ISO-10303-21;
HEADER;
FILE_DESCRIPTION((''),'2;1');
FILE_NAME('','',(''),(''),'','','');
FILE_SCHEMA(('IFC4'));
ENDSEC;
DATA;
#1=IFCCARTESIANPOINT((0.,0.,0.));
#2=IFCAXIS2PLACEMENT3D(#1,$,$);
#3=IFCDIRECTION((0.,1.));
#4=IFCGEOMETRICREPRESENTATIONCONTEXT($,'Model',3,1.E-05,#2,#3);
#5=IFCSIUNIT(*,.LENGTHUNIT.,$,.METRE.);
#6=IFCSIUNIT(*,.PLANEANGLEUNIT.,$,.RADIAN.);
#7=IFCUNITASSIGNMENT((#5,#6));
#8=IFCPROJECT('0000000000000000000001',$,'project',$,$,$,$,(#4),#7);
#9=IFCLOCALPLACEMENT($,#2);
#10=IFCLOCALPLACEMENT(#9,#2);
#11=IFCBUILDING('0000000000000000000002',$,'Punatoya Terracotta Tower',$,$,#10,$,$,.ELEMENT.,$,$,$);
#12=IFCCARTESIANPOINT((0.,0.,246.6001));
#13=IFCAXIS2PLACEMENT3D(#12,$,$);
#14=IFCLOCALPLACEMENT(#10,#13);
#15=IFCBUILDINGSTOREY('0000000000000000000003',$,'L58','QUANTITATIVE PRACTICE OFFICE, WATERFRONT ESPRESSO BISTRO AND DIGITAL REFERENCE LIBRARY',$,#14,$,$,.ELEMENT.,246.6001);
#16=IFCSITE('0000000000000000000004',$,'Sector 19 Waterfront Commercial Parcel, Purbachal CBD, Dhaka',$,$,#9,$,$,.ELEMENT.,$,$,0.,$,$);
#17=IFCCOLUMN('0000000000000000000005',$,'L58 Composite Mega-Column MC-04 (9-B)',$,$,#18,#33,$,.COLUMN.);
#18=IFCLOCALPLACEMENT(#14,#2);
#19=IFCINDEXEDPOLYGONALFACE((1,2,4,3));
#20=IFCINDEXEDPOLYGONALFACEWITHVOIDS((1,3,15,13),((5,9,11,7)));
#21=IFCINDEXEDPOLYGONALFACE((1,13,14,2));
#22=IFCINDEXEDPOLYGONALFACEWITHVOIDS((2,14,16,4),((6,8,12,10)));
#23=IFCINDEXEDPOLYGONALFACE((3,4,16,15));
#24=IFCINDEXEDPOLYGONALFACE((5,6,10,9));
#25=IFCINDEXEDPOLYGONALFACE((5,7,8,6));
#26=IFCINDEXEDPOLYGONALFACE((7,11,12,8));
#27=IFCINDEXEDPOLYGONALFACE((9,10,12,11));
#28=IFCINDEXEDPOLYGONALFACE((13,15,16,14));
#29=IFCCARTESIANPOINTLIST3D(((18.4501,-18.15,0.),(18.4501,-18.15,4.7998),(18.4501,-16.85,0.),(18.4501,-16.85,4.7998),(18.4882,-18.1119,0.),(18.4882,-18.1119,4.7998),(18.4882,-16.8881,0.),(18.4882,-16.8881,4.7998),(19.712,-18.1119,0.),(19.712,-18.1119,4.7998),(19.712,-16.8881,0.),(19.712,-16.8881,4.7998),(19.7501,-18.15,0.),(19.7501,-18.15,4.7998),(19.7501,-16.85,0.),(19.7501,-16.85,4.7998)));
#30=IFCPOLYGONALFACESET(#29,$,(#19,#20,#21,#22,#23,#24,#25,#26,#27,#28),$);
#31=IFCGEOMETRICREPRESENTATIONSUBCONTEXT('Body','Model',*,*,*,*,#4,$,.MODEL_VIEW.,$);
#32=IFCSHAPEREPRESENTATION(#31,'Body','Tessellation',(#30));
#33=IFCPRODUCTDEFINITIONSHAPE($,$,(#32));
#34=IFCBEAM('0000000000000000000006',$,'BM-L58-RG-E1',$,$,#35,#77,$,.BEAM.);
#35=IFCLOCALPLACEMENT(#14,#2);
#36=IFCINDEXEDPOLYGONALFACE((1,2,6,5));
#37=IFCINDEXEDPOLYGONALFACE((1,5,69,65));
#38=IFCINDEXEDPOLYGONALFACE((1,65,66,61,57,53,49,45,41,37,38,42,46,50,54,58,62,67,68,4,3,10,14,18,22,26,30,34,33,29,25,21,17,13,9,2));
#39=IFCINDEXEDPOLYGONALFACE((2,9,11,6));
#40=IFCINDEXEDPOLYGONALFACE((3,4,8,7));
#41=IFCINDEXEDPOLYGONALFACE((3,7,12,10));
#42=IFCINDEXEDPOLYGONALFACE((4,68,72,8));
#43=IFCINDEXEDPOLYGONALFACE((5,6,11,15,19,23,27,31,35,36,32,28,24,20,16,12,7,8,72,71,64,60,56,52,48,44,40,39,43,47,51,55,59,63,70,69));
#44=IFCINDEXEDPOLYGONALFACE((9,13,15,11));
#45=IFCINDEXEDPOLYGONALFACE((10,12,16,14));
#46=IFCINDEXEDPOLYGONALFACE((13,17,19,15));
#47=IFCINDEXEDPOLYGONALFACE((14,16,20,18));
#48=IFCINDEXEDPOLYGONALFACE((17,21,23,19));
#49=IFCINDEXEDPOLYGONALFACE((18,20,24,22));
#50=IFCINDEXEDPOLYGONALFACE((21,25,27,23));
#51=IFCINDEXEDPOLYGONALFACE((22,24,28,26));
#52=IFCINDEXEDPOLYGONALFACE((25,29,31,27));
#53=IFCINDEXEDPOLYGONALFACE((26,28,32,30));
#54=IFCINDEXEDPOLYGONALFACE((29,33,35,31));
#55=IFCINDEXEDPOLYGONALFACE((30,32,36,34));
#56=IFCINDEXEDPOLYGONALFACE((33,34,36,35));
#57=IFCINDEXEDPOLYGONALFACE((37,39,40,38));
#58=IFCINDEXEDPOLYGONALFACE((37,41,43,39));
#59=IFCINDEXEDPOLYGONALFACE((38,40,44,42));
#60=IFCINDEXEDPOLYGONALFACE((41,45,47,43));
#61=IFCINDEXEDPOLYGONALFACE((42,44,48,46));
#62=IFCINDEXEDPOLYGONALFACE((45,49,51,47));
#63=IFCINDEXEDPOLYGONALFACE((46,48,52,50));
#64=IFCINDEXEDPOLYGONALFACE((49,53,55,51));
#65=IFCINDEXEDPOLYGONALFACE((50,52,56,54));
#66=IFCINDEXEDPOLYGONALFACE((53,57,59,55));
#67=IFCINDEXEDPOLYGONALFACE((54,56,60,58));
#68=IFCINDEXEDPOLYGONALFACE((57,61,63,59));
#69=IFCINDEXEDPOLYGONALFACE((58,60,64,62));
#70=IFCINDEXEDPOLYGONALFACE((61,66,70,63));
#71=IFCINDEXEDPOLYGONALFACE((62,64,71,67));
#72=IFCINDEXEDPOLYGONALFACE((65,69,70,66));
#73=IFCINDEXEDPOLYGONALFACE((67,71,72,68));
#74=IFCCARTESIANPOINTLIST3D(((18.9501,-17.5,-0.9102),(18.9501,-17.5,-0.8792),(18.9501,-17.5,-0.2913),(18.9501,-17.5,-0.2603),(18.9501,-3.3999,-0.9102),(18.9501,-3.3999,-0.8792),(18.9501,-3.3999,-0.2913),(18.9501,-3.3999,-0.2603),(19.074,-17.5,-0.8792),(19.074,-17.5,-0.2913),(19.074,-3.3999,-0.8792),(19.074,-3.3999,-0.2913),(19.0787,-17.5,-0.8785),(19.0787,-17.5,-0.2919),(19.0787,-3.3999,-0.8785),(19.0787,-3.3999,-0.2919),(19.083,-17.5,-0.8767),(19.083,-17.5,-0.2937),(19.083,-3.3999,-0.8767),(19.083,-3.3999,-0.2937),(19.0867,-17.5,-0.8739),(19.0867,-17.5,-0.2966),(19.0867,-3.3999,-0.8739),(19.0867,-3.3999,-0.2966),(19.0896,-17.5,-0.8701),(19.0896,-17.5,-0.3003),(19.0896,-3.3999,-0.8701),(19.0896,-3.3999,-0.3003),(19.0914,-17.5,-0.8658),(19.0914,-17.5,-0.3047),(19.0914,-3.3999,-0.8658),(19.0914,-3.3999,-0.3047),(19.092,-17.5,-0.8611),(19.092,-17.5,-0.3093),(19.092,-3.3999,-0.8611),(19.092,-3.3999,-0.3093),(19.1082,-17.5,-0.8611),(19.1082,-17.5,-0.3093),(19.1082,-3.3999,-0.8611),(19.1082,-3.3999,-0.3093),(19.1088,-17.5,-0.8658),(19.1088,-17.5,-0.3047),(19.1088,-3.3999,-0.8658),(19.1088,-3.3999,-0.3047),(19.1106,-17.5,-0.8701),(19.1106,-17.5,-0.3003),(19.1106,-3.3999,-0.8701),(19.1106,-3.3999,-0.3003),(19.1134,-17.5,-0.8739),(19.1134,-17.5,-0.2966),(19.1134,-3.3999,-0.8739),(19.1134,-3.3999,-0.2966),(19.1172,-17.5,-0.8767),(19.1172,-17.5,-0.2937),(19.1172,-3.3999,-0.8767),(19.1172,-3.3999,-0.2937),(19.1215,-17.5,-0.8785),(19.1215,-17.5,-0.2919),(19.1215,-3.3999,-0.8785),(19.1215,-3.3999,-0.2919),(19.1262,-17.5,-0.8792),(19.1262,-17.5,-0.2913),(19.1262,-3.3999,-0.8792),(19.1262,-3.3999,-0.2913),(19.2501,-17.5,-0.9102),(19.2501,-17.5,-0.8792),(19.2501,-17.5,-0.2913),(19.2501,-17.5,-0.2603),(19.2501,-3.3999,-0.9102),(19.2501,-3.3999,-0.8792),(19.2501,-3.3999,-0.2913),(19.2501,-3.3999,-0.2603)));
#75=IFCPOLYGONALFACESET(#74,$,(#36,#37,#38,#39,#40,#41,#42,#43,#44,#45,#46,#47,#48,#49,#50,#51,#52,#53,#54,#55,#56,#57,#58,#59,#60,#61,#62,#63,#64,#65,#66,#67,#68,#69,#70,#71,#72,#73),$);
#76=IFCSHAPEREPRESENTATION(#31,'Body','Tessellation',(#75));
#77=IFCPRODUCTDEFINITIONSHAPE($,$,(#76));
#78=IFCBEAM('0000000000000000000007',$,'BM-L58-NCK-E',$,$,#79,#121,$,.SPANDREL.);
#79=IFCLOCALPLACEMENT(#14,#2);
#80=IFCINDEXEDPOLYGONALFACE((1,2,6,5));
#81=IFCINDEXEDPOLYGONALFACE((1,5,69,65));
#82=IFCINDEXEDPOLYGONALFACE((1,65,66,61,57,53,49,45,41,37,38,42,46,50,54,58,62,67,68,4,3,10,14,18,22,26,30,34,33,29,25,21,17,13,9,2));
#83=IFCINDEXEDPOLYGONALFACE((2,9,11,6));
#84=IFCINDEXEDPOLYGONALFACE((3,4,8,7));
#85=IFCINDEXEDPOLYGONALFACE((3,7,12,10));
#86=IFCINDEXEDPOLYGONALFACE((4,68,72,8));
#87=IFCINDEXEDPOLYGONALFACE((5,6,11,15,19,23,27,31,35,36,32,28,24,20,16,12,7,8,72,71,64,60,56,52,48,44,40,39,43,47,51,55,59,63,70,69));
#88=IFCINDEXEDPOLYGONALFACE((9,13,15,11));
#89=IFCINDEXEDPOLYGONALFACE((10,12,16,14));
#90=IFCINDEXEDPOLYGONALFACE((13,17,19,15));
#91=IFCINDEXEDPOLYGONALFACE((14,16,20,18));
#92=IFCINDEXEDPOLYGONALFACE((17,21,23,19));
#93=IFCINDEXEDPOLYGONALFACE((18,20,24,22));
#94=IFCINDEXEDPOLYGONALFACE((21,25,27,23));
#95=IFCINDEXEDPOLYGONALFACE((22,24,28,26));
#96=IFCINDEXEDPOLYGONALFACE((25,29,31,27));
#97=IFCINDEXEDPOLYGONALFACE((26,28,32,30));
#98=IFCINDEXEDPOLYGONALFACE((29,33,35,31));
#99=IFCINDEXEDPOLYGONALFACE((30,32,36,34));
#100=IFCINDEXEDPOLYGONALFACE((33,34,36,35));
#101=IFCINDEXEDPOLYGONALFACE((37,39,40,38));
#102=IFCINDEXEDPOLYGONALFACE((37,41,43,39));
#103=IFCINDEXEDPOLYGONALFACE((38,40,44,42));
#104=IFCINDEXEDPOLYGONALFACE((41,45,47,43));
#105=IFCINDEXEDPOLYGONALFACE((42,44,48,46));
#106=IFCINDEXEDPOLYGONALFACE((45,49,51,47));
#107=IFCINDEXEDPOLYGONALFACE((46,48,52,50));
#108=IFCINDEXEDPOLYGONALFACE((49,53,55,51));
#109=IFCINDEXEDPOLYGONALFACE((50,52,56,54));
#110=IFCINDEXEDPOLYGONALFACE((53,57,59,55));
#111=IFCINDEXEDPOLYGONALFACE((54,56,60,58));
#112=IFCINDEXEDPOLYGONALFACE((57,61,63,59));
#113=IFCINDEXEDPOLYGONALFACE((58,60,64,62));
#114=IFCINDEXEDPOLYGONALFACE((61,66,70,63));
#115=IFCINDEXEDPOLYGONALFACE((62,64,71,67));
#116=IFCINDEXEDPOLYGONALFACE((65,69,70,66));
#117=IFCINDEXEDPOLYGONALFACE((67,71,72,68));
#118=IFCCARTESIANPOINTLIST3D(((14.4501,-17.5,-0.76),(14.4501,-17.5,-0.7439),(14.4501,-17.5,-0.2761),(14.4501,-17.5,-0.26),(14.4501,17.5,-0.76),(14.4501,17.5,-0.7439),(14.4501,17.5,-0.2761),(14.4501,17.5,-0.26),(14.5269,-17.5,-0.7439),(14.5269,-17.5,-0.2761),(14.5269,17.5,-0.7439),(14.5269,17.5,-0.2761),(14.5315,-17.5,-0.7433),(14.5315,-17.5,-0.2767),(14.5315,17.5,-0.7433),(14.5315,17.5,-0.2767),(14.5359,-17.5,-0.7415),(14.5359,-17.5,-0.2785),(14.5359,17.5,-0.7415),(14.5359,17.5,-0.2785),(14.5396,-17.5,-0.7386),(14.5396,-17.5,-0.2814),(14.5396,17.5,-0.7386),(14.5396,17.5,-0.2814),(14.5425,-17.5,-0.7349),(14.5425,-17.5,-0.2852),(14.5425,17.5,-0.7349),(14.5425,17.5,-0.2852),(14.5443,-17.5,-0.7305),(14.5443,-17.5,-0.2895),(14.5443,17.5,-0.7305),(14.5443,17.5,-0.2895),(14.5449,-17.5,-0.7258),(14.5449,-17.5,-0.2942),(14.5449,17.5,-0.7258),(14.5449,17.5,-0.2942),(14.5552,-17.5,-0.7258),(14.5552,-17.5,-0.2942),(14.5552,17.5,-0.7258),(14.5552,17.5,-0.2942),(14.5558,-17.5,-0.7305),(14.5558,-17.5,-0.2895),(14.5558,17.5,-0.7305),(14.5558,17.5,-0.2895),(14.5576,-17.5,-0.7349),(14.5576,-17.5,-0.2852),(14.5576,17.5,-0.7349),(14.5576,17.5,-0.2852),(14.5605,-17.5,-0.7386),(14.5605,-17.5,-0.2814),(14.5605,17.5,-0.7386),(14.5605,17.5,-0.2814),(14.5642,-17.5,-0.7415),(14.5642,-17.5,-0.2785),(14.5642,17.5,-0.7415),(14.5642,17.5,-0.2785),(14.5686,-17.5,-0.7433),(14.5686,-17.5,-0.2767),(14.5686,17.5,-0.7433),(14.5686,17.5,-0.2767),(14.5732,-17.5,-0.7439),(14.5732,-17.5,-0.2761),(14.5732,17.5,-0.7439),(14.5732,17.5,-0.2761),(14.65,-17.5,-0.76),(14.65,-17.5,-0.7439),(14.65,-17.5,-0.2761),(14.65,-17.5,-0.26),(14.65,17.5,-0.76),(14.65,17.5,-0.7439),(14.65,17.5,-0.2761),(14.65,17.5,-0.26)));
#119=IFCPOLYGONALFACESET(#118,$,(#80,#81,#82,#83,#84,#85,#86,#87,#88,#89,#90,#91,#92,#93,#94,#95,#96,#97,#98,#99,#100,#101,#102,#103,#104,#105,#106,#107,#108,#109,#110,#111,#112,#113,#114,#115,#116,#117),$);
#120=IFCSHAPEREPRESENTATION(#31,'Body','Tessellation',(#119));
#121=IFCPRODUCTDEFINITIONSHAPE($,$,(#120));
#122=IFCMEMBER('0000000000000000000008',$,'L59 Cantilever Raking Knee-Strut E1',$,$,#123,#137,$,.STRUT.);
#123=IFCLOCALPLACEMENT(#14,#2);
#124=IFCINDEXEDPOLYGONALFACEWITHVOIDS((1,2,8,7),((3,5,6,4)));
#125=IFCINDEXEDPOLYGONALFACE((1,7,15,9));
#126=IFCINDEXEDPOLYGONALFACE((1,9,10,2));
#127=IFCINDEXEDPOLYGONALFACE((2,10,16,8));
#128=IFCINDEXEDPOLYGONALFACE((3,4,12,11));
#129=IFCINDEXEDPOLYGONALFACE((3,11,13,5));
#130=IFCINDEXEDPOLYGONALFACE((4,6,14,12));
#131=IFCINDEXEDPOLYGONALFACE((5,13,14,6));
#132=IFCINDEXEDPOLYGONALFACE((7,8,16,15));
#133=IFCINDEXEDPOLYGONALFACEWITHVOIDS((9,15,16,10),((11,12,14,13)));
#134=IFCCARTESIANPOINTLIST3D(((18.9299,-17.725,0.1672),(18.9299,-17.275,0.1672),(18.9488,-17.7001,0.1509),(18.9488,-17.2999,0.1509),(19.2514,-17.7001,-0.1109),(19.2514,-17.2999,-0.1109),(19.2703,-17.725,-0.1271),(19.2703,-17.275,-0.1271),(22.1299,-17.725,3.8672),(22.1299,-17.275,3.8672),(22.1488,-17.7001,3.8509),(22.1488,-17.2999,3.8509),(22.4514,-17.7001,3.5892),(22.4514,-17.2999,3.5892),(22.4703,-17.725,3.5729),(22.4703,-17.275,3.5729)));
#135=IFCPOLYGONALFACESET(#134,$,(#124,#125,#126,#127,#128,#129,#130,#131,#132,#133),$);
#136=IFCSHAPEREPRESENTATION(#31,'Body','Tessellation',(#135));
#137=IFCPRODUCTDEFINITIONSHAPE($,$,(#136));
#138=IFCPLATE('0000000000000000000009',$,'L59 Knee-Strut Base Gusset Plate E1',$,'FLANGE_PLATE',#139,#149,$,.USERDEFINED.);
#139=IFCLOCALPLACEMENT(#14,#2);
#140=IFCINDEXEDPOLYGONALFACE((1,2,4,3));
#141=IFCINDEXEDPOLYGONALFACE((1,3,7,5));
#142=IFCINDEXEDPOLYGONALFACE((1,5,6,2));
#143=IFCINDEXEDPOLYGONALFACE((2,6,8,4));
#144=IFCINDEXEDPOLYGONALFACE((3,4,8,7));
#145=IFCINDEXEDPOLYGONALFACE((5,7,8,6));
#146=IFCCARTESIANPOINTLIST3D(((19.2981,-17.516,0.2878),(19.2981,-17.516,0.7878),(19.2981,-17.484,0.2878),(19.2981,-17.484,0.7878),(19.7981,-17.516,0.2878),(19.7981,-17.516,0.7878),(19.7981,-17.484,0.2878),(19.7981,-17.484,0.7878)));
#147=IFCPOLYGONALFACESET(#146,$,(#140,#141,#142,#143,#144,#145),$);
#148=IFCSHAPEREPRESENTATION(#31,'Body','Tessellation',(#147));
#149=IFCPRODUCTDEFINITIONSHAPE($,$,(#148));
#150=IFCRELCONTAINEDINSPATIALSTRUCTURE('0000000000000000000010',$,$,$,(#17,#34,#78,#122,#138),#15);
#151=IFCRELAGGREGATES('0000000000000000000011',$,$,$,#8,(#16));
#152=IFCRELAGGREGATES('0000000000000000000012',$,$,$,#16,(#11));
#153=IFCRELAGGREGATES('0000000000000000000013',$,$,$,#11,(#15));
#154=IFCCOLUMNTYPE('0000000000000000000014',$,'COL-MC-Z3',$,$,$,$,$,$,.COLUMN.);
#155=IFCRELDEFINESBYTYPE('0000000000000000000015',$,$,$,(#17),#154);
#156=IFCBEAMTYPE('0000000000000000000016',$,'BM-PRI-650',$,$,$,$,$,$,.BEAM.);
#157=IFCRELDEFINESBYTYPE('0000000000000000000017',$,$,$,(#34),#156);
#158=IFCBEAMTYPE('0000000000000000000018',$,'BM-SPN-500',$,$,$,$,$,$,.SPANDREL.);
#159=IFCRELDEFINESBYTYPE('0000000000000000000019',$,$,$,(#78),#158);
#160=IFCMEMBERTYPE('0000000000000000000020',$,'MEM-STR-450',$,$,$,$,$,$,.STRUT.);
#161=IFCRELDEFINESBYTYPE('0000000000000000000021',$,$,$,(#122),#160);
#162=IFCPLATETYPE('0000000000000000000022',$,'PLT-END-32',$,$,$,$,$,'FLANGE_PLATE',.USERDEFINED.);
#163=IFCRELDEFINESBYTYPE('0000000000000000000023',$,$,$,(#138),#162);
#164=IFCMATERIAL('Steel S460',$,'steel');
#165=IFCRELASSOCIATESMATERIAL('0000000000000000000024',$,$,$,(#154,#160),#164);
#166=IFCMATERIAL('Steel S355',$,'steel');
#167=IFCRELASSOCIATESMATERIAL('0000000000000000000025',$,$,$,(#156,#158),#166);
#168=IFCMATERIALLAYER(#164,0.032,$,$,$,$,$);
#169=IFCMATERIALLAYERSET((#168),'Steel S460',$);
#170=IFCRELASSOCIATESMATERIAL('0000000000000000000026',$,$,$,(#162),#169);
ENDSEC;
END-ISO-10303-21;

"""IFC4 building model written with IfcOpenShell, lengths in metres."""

from ifc_helpers import new_model, si_unit, direction, frame, origin, origin_2d, place, context, subcontext, project, spatial, rectangle, hollow_rectangle, i_section, extrude, material, layer, layer_set, material_profile, profile_set, type_object, element, save


model = new_model("IFC4")

# Units and contexts
model_context = context("Model", 3, precision=1e-05, world=origin(), true_north=direction((0.0, 1.0)))
body_context = subcontext(model_context, "Body", "Model", "MODEL_VIEW")
ifc_project = project(units=[si_unit("LENGTHUNIT", "METRE"), si_unit("PLANEANGLEUNIT", "RADIAN")], contexts=[model_context])

# Site, building, storey
site_placement = place(None, origin())
site = spatial("IfcSite", under=ifc_project, at=site_placement, Name="Sector 19 Waterfront Commercial Parcel, Purbachal CBD, Dhaka", CompositionType="ELEMENT", RefElevation=0.0)
building_placement = place(site_placement, origin())
building = spatial("IfcBuilding", under=site, at=building_placement, Name="Punatoya Terracotta Tower", CompositionType="ELEMENT")
storey_placement = place(building_placement, frame((0.0, 0.0, 246.6001)))
storey = spatial("IfcBuildingStorey", under=building, at=storey_placement, Name="L58", Description="QUANTITATIVE PRACTICE OFFICE, WATERFRONT ESPRESSO BISTRO AND DIGITAL REFERENCE LIBRARY", CompositionType="ELEMENT", Elevation=246.6001)

# Column
ifc_material_1 = material(Name="Steel S460", Category="steel")
ifc_material_profile_1 = material_profile(ifc_material_1, hollow_rectangle(XDim=1.3, YDim=1.3, WallThickness=0.0381, at=origin_2d()))
ifc_profile_set_1 = profile_set([ifc_material_profile_1], Name="Steel S460")
column_type = type_object("IfcColumnType", Name="COL-MC-Z3", PredefinedType="COLUMN", material=ifc_profile_set_1)
column_placement = place(storey_placement, frame((19.1001, -17.5, 0.0), z_axis=(0.0, 0.0, 1.0), x_axis=(1.0, 0.0, 0.0)))
element("IfcColumn", 1, at=column_placement, inside=storey, type_object=column_type, Name="L58 Composite Mega-Column MC-04 (9-B)", PredefinedType="COLUMN", context=body_context, shape_type="SweptSolid", body=[
    extrude(hollow_rectangle(XDim=1.3, YDim=1.3, WallThickness=0.0381, at=origin_2d()), origin(), (0.0, 0.0, 1.0), 4.7998),
])

# Beams
ifc_material_2 = material(Name="Steel S355", Category="steel")
ifc_material_profile_2 = material_profile(ifc_material_2, i_section(OverallWidth=0.3, OverallDepth=0.6499, WebThickness=0.0161, FlangeThickness=0.031, FilletRadius=0.0181, at=origin_2d()))
ifc_profile_set_2 = profile_set([ifc_material_profile_2], Name="Steel S355")
beam_type_1 = type_object("IfcBeamType", Name="BM-PRI-650", PredefinedType="BEAM", material=ifc_profile_set_2)
beam_1_placement = place(storey_placement, frame((19.1001, -17.5, -0.5852), z_axis=(0.0, 1.0, 0.0), x_axis=(-1.0, 0.0, 0.0)))
element("IfcBeam", 2, at=beam_1_placement, inside=storey, type_object=beam_type_1, Name="BM-L58-RG-E1", PredefinedType="BEAM", context=body_context, shape_type="SweptSolid", body=[
    extrude(i_section(OverallWidth=0.3, OverallDepth=0.6499, WebThickness=0.0161, FlangeThickness=0.031, FilletRadius=0.0181, at=origin_2d()), origin(), (0.0, 0.0, 1.0), 14.1001),
])
ifc_material_profile_3 = material_profile(ifc_material_2, i_section(OverallWidth=0.2, OverallDepth=0.5, WebThickness=0.0103, FlangeThickness=0.0161, FilletRadius=0.0181, at=origin_2d()))
ifc_profile_set_3 = profile_set([ifc_material_profile_3], Name="Steel S355")
beam_type_2 = type_object("IfcBeamType", Name="BM-SPN-500", PredefinedType="SPANDREL", material=ifc_profile_set_3)
beam_2_placement = place(storey_placement, frame((14.55, -17.5, -0.51), z_axis=(0.0, 1.0, 0.0), x_axis=(-1.0, 0.0, 0.0)))
element("IfcBeam", 3, at=beam_2_placement, inside=storey, type_object=beam_type_2, Name="BM-L58-NCK-E", PredefinedType="SPANDREL", context=body_context, shape_type="SweptSolid", body=[
    extrude(i_section(OverallWidth=0.2, OverallDepth=0.5, WebThickness=0.0103, FlangeThickness=0.0161, FilletRadius=0.0181, at=origin_2d()), origin(), (0.0, 0.0, 1.0), 35.0),
])

# Member
ifc_material_profile_4 = material_profile(ifc_material_1, hollow_rectangle(XDim=0.45, YDim=0.45, WallThickness=0.0249, at=origin_2d()))
ifc_profile_set_4 = profile_set([ifc_material_profile_4], Name="Steel S460")
member_type = type_object("IfcMemberType", Name="MEM-STR-450", PredefinedType="STRUT", material=ifc_profile_set_4)
member_placement = place(storey_placement, frame((19.1001, -17.5, 0.02), z_axis=(0.654151, 0.0, 0.756364), x_axis=(0.0, 1.0, 0.0)))
element("IfcMember", 4, at=member_placement, inside=storey, type_object=member_type, Name="L59 Cantilever Raking Knee-Strut E1", PredefinedType="STRUT", context=body_context, shape_type="SweptSolid", body=[
    extrude(hollow_rectangle(XDim=0.45, YDim=0.45, WallThickness=0.0249, at=origin_2d()), origin(), (0.0, 0.0, 1.0), 4.8918),
])

# Plate
ifc_layer_1 = layer(ifc_material_1, 0.032)
ifc_layer_set_1 = layer_set([ifc_layer_1], Name="Steel S460")
plate_type = type_object("IfcPlateType", Name="PLT-END-32", ElementType="FLANGE_PLATE", PredefinedType="USERDEFINED", material=ifc_layer_set_1)
plate_placement = place(storey_placement, frame((19.5481, -17.5, 0.2878), z_axis=(0.0, 0.0, 1.0), x_axis=(1.0, 0.0, 0.0)))
element("IfcPlate", 5, at=plate_placement, inside=storey, type_object=plate_type, Name="L59 Knee-Strut Base Gusset Plate E1", ObjectType="FLANGE_PLATE", PredefinedType="USERDEFINED", context=body_context, shape_type="SweptSolid", body=[
    extrude(rectangle(XDim=0.5, YDim=0.032, at=origin_2d()), origin(), (0.0, 0.0, 1.0), 0.5),
])

save(model, "model.ifc")
